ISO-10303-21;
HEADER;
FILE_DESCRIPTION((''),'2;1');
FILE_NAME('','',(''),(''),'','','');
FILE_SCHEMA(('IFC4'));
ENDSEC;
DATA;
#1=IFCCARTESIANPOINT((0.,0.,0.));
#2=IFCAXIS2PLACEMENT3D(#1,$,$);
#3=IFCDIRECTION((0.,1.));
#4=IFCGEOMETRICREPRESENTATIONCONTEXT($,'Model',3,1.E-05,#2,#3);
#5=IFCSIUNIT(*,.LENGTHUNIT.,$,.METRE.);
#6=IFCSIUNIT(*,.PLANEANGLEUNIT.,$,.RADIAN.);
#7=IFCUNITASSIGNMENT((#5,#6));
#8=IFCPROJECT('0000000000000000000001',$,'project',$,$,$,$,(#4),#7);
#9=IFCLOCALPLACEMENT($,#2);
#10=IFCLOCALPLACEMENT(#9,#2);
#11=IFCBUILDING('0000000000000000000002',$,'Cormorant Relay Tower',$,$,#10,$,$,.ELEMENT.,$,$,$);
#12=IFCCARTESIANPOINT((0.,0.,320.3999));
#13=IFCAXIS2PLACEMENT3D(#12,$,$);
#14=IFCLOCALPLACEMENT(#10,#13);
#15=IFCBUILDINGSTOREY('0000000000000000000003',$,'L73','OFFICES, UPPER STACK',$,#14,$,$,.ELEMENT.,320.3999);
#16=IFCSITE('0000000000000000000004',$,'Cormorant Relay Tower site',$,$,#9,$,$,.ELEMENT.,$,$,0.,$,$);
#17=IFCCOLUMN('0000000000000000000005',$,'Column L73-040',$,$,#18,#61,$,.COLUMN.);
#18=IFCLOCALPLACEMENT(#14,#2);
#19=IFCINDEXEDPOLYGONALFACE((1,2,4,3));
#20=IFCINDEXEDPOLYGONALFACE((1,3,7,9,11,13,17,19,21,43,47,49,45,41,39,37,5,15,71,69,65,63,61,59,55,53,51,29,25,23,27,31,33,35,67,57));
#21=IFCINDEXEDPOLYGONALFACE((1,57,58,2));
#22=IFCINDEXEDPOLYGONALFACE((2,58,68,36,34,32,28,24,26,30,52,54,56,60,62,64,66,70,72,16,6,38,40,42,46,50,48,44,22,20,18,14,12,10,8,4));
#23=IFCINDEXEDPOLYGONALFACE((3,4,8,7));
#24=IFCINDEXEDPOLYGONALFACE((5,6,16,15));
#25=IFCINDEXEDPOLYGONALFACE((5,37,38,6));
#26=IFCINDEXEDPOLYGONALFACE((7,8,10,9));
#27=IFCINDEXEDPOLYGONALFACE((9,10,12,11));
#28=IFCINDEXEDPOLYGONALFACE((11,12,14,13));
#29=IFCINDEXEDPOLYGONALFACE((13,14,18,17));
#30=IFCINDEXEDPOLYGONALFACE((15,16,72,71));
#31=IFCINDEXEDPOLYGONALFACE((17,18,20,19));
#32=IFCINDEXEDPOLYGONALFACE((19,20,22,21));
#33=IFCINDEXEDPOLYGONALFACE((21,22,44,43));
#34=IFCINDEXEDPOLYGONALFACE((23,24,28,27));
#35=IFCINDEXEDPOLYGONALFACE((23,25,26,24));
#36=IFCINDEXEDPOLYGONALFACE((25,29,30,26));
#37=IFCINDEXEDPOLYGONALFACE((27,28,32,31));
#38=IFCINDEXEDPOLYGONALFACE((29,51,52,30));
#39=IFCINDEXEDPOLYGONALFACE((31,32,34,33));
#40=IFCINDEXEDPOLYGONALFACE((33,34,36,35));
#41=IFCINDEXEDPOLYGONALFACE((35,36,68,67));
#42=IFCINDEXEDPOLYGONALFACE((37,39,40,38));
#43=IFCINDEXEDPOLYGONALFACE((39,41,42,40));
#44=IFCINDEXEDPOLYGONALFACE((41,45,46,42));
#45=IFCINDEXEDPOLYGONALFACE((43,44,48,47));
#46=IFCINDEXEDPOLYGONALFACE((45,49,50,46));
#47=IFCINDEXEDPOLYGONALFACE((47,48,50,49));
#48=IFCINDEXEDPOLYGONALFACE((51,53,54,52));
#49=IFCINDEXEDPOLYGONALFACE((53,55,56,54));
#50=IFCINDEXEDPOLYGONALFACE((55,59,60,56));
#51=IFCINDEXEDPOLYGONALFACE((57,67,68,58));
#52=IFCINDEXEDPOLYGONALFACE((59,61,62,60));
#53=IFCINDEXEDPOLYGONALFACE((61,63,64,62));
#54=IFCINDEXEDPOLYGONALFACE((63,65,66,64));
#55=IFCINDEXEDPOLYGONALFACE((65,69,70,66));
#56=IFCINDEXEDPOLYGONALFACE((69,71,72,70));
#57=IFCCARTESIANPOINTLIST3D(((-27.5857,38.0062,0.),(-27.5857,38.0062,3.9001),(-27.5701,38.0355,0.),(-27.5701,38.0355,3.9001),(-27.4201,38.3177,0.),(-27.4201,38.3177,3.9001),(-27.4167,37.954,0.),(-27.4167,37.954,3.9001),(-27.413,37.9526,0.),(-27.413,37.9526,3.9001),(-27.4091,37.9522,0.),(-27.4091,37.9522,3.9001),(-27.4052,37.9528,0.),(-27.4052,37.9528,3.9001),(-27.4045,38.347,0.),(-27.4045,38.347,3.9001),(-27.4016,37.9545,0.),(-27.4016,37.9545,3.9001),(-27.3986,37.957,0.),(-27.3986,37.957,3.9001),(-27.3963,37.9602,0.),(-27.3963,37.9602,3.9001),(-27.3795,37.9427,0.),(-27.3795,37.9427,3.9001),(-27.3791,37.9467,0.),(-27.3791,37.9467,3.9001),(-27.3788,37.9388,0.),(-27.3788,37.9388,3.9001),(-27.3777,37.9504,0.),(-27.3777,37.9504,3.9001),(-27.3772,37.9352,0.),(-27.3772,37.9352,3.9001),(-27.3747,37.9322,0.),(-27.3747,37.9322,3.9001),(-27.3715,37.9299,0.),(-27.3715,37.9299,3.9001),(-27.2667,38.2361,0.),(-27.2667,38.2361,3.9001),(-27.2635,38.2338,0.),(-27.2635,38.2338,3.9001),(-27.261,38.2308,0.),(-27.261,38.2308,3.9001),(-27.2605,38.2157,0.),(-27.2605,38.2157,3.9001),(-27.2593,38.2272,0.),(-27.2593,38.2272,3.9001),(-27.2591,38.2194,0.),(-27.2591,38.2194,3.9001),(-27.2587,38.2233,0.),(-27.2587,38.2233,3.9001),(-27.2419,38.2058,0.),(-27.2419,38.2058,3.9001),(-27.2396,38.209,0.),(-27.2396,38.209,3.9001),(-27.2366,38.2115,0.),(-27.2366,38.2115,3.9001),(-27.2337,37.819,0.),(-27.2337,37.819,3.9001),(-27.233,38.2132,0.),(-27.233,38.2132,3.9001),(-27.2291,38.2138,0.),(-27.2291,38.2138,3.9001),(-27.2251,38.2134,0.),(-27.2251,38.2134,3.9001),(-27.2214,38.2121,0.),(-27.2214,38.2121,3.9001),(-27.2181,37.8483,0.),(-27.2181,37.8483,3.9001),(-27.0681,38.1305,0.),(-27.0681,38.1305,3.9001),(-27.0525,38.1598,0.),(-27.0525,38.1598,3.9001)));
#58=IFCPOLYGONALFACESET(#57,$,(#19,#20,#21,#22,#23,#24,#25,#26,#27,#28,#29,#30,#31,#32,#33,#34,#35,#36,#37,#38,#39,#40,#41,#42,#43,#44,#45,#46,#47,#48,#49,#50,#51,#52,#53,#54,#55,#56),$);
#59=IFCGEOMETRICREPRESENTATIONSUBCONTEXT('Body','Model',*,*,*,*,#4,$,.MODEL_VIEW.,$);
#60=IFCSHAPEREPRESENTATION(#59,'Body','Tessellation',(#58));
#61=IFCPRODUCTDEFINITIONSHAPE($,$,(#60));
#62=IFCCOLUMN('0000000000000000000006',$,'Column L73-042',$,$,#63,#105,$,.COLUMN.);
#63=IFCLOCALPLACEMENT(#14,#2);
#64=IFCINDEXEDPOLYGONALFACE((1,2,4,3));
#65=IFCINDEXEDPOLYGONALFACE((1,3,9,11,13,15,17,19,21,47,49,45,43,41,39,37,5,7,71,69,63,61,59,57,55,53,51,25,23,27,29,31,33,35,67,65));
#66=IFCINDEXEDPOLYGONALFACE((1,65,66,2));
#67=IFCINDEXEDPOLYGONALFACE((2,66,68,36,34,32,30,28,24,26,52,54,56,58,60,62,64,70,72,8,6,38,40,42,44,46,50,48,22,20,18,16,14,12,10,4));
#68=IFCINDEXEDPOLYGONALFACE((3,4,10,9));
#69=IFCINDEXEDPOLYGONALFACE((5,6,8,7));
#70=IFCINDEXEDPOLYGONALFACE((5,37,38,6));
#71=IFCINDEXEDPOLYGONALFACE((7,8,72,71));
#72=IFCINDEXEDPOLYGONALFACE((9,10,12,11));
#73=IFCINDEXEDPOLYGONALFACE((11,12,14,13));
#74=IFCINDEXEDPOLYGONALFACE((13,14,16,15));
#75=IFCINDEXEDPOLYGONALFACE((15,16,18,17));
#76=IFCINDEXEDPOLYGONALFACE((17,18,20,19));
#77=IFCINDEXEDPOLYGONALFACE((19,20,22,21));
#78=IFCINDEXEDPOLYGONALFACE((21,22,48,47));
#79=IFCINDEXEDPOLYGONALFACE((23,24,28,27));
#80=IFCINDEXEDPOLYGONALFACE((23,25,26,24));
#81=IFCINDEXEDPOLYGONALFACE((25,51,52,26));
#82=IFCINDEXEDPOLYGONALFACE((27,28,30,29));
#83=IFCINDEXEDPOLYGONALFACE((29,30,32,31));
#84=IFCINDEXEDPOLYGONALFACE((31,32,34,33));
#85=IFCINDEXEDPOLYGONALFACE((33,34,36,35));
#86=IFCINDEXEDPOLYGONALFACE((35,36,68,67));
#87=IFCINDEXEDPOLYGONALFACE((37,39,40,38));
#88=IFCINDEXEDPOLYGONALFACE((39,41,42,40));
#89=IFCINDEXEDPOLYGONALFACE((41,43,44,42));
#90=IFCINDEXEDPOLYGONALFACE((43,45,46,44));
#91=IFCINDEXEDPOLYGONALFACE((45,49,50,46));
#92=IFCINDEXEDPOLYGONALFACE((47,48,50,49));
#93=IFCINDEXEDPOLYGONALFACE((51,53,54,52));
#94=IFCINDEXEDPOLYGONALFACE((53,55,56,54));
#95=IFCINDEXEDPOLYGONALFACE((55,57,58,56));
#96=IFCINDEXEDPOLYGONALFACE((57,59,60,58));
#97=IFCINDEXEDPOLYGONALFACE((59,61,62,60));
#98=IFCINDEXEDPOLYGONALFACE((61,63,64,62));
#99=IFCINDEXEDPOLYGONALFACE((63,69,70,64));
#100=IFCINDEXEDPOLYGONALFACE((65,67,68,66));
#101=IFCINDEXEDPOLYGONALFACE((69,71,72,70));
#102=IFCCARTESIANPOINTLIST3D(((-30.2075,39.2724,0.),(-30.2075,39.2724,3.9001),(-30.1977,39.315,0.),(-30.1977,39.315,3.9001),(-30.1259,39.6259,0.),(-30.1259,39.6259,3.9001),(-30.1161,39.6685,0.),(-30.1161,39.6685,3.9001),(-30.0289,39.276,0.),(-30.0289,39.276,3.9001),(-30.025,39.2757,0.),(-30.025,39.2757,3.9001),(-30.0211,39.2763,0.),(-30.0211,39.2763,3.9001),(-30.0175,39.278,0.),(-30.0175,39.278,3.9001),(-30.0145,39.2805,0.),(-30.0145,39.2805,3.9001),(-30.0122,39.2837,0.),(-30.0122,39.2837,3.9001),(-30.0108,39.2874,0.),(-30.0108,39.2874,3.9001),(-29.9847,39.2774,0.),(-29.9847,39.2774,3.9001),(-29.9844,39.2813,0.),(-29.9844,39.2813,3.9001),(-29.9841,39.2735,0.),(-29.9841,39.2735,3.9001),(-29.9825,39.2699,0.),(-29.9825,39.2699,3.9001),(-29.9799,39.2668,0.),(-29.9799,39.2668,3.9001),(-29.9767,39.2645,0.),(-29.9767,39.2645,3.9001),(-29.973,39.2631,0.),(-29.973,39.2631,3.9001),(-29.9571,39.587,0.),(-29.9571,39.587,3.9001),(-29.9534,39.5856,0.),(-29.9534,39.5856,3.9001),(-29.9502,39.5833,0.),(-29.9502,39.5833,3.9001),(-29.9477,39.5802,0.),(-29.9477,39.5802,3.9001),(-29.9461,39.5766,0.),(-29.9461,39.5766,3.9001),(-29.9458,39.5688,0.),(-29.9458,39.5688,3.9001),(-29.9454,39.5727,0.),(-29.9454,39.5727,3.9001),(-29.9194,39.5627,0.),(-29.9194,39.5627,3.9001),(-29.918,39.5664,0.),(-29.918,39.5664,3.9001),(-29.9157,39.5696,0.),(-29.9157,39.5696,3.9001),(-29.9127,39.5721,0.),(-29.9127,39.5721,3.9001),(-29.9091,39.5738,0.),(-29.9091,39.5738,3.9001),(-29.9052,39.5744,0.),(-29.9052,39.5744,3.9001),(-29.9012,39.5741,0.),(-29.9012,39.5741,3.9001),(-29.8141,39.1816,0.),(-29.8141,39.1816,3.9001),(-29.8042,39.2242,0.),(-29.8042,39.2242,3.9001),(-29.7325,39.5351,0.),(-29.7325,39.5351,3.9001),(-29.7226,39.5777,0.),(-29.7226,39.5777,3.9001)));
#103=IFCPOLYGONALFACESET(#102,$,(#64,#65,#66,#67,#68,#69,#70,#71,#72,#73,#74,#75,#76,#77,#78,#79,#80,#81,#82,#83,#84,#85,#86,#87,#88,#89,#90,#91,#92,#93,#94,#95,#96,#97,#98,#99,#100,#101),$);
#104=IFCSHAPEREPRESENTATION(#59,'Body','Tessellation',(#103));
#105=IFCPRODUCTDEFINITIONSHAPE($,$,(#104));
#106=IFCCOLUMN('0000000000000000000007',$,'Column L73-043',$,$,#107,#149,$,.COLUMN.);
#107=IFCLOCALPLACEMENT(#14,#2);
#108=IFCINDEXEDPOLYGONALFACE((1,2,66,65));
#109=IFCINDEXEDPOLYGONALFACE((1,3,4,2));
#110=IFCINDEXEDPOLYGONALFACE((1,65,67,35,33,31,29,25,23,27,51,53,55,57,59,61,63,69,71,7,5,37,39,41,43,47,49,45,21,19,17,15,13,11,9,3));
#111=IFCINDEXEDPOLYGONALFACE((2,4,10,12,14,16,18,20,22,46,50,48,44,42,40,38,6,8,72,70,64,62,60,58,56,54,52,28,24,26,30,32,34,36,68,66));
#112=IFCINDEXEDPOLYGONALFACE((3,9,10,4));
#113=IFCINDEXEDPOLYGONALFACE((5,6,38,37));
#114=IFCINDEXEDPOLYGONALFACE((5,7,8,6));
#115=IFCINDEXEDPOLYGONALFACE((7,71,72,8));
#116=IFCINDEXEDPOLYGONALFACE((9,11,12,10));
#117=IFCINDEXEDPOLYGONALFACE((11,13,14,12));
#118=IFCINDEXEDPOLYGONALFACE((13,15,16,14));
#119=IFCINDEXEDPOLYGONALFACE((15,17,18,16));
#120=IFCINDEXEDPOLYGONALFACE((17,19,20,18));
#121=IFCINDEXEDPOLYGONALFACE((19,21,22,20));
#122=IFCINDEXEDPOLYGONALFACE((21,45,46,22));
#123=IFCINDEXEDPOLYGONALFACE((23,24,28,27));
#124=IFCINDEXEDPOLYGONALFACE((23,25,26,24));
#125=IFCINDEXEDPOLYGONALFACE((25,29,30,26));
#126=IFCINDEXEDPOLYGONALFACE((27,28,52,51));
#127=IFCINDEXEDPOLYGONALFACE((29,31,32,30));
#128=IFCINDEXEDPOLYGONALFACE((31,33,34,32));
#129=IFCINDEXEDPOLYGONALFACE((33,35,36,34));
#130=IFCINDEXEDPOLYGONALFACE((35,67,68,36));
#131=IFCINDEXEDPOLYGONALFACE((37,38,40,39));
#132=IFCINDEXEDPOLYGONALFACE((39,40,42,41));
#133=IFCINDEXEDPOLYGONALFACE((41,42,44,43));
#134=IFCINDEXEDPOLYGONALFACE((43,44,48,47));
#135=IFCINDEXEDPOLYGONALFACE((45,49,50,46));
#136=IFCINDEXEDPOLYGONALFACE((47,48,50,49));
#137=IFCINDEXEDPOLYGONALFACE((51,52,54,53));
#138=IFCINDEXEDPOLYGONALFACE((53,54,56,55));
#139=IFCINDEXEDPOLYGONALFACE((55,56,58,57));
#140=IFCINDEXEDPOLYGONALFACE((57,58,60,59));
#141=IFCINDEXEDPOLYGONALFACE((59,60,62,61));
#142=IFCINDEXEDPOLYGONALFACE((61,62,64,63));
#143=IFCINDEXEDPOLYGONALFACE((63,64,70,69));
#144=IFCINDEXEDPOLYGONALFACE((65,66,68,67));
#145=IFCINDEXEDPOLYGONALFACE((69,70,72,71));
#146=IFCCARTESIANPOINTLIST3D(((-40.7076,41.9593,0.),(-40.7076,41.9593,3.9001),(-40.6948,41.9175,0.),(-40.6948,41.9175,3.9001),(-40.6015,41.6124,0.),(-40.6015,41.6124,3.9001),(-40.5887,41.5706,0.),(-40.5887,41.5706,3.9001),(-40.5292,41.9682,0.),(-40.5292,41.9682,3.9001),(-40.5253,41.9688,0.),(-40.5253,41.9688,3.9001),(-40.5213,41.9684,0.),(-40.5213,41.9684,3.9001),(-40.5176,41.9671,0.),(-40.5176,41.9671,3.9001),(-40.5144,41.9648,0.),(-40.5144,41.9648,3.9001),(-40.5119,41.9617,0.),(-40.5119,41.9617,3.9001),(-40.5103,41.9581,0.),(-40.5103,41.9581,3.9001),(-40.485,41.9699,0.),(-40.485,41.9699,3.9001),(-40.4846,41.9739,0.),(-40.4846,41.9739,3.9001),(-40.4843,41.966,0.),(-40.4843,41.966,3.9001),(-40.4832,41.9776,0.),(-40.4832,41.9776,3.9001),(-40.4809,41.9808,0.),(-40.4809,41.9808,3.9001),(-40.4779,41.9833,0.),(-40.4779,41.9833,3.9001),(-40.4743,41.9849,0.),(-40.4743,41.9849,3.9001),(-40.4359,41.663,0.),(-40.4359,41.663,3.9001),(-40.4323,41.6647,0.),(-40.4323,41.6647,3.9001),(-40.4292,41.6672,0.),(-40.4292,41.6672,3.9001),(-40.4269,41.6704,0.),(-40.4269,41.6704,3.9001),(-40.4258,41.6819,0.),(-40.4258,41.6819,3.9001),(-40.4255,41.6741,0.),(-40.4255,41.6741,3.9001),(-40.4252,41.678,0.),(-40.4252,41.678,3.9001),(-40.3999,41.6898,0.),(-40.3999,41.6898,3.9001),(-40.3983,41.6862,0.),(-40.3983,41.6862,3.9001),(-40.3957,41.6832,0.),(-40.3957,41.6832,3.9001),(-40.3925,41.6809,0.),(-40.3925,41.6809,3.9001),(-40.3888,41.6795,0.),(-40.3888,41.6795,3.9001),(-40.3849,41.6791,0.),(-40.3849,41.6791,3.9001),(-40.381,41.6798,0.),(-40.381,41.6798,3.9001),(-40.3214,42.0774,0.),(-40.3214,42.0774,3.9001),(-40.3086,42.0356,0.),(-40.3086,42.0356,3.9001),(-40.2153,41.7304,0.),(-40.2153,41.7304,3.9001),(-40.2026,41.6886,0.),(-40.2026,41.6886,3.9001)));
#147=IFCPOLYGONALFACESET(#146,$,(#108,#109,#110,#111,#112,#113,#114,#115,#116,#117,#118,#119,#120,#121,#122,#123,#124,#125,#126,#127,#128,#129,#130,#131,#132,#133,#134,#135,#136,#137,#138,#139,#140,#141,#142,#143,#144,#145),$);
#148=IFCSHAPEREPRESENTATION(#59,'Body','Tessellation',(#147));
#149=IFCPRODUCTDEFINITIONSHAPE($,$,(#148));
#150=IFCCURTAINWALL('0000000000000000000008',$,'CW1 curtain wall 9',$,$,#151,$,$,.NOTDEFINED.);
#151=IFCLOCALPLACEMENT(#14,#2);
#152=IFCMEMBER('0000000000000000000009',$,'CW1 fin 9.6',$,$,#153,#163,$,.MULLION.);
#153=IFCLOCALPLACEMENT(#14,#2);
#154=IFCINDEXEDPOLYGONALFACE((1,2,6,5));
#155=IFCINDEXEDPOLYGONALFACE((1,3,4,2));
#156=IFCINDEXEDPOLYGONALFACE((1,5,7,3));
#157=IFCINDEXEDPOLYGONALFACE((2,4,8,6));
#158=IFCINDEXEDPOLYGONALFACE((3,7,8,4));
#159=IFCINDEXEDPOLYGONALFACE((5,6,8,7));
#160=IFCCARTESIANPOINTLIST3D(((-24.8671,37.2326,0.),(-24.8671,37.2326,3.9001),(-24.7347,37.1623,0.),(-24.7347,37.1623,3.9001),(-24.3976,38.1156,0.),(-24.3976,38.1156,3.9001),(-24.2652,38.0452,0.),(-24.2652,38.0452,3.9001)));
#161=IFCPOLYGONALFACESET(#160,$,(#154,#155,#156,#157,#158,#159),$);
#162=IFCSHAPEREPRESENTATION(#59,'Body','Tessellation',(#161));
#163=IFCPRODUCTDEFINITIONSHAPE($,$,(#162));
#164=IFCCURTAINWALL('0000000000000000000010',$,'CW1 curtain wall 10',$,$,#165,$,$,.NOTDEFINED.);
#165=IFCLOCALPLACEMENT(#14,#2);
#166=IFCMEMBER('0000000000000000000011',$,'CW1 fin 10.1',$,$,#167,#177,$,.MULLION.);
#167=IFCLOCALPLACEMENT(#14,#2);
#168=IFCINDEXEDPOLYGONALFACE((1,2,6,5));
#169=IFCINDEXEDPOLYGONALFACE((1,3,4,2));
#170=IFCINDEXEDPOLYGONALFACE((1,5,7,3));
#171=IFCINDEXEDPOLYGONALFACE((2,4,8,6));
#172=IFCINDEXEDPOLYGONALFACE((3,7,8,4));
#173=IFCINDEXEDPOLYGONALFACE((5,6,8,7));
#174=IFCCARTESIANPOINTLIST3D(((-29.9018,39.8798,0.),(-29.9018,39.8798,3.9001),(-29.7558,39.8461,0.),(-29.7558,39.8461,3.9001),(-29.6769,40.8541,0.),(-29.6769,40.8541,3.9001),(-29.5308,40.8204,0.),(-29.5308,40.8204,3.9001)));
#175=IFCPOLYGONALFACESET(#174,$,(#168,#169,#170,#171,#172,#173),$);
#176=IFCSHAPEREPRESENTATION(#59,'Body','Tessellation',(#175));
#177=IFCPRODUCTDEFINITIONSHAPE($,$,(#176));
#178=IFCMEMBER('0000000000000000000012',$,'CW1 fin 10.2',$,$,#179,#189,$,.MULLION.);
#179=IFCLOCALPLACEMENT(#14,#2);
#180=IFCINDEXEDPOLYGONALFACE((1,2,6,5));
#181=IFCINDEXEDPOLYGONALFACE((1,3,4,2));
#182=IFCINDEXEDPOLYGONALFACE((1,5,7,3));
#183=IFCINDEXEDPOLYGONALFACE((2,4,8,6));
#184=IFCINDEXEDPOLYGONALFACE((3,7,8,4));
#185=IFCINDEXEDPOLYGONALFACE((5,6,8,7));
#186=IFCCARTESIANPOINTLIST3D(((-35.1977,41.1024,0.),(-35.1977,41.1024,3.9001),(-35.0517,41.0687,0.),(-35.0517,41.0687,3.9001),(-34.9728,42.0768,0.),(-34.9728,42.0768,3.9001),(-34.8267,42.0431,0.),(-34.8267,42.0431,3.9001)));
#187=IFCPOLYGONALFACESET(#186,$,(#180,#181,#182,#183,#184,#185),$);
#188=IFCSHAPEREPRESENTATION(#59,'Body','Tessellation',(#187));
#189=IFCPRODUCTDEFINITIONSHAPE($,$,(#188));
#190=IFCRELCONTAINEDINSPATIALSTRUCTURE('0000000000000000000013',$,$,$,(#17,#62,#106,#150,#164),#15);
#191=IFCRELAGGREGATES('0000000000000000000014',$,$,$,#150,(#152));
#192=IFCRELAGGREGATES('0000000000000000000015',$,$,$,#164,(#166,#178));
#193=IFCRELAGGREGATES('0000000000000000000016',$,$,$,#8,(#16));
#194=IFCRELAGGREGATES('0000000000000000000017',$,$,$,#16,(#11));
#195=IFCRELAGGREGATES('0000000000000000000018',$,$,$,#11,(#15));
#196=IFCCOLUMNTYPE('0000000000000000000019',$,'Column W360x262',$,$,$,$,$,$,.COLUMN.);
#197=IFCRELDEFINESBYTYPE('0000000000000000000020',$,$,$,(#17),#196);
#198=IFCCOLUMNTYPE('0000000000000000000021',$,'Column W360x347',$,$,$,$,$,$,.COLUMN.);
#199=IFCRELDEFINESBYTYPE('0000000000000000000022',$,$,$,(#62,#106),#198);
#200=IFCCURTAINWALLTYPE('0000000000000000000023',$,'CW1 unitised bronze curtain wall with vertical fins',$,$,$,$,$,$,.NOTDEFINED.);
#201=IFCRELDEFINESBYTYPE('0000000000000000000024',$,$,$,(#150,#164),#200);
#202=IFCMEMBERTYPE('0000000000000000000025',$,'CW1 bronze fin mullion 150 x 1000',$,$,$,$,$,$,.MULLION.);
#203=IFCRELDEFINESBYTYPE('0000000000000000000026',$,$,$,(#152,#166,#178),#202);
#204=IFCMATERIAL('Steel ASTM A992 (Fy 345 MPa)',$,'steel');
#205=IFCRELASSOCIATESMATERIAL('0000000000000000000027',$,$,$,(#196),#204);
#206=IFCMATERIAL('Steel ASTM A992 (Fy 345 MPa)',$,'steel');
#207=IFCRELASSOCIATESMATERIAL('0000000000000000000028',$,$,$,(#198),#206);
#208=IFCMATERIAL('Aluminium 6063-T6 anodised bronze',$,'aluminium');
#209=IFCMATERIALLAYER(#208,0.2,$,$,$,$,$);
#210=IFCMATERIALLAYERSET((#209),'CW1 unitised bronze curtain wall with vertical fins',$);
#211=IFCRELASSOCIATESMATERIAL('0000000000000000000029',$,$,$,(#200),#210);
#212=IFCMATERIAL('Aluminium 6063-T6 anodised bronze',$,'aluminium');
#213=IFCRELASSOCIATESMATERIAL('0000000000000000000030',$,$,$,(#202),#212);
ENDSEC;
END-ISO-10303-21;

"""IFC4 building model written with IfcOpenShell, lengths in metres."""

from ifc_helpers import new_model, si_unit, direction, frame, origin, origin_2d, place, context, subcontext, project, spatial, rectangle, i_section, extrude, material, layer, layer_set, material_profile, profile_set, type_object, element, aggregate, save


model = new_model("IFC4")

# Units and contexts
model_context = context("Model", 3, precision=1e-05, world=origin(), true_north=direction((0.0, 1.0)))
body_context = subcontext(model_context, "Body", "Model", "MODEL_VIEW")
ifc_project = project(units=[si_unit("LENGTHUNIT", "METRE"), si_unit("PLANEANGLEUNIT", "RADIAN")], contexts=[model_context])

# Site, building, storey
site_placement = place(None, origin())
site = spatial("IfcSite", under=ifc_project, at=site_placement, Name="Cormorant Relay Tower site", CompositionType="ELEMENT", RefElevation=0.0)
building_placement = place(site_placement, origin())
building = spatial("IfcBuilding", under=site, at=building_placement, Name="Cormorant Relay Tower", CompositionType="ELEMENT")
storey_placement = place(building_placement, frame((0.0, 0.0, 320.3999)))
storey = spatial("IfcBuildingStorey", under=building, at=storey_placement, Name="L73", Description="OFFICES, UPPER STACK", CompositionType="ELEMENT", Elevation=320.3999)

# Columns
ifc_material_1 = material(Name="Steel ASTM A992 (Fy 345 MPa)", Category="steel")
ifc_material_profile_1 = material_profile(ifc_material_1, i_section(OverallWidth=0.3987, OverallDepth=0.386, WebThickness=0.021, FlangeThickness=0.0332, FilletRadius=0.0151, at=origin_2d()), Name="W360x262")
ifc_profile_set_1 = profile_set([ifc_material_profile_1], Name="Steel ASTM A992 (Fy 345 MPa)")
column_type_1 = type_object("IfcColumnType", Name="Column W360x262", PredefinedType="COLUMN", material=ifc_profile_set_1)
column_placement = place(storey_placement, frame((-27.3191, 38.083, 0.0), z_axis=(0.0, 0.0, 1.0), x_axis=(-0.882948, 0.469472, 0.0)))
element("IfcColumn", 1, at=column_placement, inside=storey, type_object=column_type_1, Name="Column L73-040", PredefinedType="COLUMN", context=body_context, shape_type="SweptSolid", body=[
    extrude(i_section(OverallWidth=0.3987, OverallDepth=0.386, WebThickness=0.021, FlangeThickness=0.0332, FilletRadius=0.0151, at=origin_2d()), origin(), (0.0, 0.0, 1.0), 3.9001),
])
ifc_material_2 = material(Name="Steel ASTM A992 (Fy 345 MPa)", Category="steel")
ifc_material_profile_2 = material_profile(ifc_material_2, i_section(OverallWidth=0.4038, OverallDepth=0.4065, WebThickness=0.0271, FlangeThickness=0.0437, FilletRadius=0.0151, at=origin_2d()), Name="W360x347")
ifc_profile_set_2 = profile_set([ifc_material_profile_2], Name="Steel ASTM A992 (Fy 345 MPa)")
column_type_2 = type_object("IfcColumnType", Name="Column W360x347", PredefinedType="COLUMN", material=ifc_profile_set_2)
for number, where, z_axis, x_axis, name in (
    (2, (-29.9651, 39.425, 0.0), (0.0, 0.0, 1.0), (-0.97437, 0.224951, 0.0), "Column L73-042"),
    (3, (-40.4551, 41.824, 0.0), (0.0, 0.0, 1.0), (-0.956305, -0.292372, 0.0), "Column L73-043"),
):
    element("IfcColumn", number, at=place(storey_placement, frame(where, z_axis=z_axis, x_axis=x_axis)), inside=storey, type_object=column_type_2, Name=name, PredefinedType="COLUMN", context=body_context, shape_type="SweptSolid", body=[
        extrude(i_section(OverallWidth=0.4038, OverallDepth=0.4065, WebThickness=0.0271, FlangeThickness=0.0437, FilletRadius=0.0151, at=origin_2d()), origin(), (0.0, 0.0, 1.0), 3.9001),
    ])

# Curtain wall, member
ifc_material_3 = material(Name="Aluminium 6063-T6 anodised bronze", Category="aluminium")
ifc_layer_1 = layer(ifc_material_3, 0.2)
ifc_layer_set_1 = layer_set([ifc_layer_1], Name="CW1 unitised bronze curtain wall with vertical fins")
curtain_wall_type = type_object("IfcCurtainWallType", Name="CW1 unitised bronze curtain wall with vertical fins", PredefinedType="NOTDEFINED", material=ifc_layer_set_1)
curtain_wall_1_placement = place(storey_placement, origin())
curtain_wall_1 = element("IfcCurtainWall", 4, at=curtain_wall_1_placement, inside=storey, type_object=curtain_wall_type, Name="CW1 curtain wall 9", PredefinedType="NOTDEFINED")
ifc_material_4 = material(Name="Aluminium 6063-T6 anodised bronze", Category="aluminium")
ifc_material_profile_3 = material_profile(ifc_material_4, rectangle(XDim=0.1499, YDim=1.0, at=origin_2d()), Name="AL 150x1000")
ifc_profile_set_3 = profile_set([ifc_material_profile_3], Name="Aluminium 6063-T6 anodised bronze")
member_type_1 = type_object("IfcMemberType", Name="CW1 bronze fin mullion 150 x 1000", PredefinedType="MULLION", material=ifc_profile_set_3)
member_1_placement = place(storey_placement, frame((-24.5662, 37.6389, 0.0), z_axis=(0.0, 0.0, 1.0), x_axis=(-0.882948, 0.469472, 0.0)))
member_1 = element("IfcMember", 5, at=member_1_placement, type_object=member_type_1, Name="CW1 fin 9.6", PredefinedType="MULLION", context=body_context, shape_type="SweptSolid", body=[
    extrude(rectangle(XDim=0.1499, YDim=1.0, at=origin_2d()), origin(), (0.0, 0.0, 1.0), 3.9001),
])

# Curtain wall, members
curtain_wall_2_placement = place(storey_placement, origin())
curtain_wall_2 = element("IfcCurtainWall", 6, at=curtain_wall_2_placement, inside=storey, type_object=curtain_wall_type, Name="CW1 curtain wall 10", PredefinedType="NOTDEFINED")
member_2_placement = place(storey_placement, frame((-29.7163, 40.3501, 0.0), z_axis=(0.0, 0.0, 1.0), x_axis=(-0.97437, 0.224951, 0.0)))
member_2 = element("IfcMember", 7, at=member_2_placement, type_object=member_type_1, Name="CW1 fin 10.1", PredefinedType="MULLION", context=body_context, shape_type="SweptSolid", body=[
    extrude(rectangle(XDim=0.1499, YDim=1.0, at=origin_2d()), origin(), (0.0, 0.0, 1.0), 3.9001),
])
member_3_placement = place(storey_placement, frame((-35.0122, 41.5728, 0.0), z_axis=(0.0, 0.0, 1.0), x_axis=(-0.97437, 0.224951, 0.0)))
member_3 = element("IfcMember", 8, at=member_3_placement, type_object=member_type_1, Name="CW1 fin 10.2", PredefinedType="MULLION", context=body_context, shape_type="SweptSolid", body=[
    extrude(rectangle(XDim=0.1499, YDim=1.0, at=origin_2d()), origin(), (0.0, 0.0, 1.0), 3.9001),
])

aggregate(curtain_wall_1, [member_1])
aggregate(curtain_wall_2, [member_2, member_3])

save(model, "model.ifc")
